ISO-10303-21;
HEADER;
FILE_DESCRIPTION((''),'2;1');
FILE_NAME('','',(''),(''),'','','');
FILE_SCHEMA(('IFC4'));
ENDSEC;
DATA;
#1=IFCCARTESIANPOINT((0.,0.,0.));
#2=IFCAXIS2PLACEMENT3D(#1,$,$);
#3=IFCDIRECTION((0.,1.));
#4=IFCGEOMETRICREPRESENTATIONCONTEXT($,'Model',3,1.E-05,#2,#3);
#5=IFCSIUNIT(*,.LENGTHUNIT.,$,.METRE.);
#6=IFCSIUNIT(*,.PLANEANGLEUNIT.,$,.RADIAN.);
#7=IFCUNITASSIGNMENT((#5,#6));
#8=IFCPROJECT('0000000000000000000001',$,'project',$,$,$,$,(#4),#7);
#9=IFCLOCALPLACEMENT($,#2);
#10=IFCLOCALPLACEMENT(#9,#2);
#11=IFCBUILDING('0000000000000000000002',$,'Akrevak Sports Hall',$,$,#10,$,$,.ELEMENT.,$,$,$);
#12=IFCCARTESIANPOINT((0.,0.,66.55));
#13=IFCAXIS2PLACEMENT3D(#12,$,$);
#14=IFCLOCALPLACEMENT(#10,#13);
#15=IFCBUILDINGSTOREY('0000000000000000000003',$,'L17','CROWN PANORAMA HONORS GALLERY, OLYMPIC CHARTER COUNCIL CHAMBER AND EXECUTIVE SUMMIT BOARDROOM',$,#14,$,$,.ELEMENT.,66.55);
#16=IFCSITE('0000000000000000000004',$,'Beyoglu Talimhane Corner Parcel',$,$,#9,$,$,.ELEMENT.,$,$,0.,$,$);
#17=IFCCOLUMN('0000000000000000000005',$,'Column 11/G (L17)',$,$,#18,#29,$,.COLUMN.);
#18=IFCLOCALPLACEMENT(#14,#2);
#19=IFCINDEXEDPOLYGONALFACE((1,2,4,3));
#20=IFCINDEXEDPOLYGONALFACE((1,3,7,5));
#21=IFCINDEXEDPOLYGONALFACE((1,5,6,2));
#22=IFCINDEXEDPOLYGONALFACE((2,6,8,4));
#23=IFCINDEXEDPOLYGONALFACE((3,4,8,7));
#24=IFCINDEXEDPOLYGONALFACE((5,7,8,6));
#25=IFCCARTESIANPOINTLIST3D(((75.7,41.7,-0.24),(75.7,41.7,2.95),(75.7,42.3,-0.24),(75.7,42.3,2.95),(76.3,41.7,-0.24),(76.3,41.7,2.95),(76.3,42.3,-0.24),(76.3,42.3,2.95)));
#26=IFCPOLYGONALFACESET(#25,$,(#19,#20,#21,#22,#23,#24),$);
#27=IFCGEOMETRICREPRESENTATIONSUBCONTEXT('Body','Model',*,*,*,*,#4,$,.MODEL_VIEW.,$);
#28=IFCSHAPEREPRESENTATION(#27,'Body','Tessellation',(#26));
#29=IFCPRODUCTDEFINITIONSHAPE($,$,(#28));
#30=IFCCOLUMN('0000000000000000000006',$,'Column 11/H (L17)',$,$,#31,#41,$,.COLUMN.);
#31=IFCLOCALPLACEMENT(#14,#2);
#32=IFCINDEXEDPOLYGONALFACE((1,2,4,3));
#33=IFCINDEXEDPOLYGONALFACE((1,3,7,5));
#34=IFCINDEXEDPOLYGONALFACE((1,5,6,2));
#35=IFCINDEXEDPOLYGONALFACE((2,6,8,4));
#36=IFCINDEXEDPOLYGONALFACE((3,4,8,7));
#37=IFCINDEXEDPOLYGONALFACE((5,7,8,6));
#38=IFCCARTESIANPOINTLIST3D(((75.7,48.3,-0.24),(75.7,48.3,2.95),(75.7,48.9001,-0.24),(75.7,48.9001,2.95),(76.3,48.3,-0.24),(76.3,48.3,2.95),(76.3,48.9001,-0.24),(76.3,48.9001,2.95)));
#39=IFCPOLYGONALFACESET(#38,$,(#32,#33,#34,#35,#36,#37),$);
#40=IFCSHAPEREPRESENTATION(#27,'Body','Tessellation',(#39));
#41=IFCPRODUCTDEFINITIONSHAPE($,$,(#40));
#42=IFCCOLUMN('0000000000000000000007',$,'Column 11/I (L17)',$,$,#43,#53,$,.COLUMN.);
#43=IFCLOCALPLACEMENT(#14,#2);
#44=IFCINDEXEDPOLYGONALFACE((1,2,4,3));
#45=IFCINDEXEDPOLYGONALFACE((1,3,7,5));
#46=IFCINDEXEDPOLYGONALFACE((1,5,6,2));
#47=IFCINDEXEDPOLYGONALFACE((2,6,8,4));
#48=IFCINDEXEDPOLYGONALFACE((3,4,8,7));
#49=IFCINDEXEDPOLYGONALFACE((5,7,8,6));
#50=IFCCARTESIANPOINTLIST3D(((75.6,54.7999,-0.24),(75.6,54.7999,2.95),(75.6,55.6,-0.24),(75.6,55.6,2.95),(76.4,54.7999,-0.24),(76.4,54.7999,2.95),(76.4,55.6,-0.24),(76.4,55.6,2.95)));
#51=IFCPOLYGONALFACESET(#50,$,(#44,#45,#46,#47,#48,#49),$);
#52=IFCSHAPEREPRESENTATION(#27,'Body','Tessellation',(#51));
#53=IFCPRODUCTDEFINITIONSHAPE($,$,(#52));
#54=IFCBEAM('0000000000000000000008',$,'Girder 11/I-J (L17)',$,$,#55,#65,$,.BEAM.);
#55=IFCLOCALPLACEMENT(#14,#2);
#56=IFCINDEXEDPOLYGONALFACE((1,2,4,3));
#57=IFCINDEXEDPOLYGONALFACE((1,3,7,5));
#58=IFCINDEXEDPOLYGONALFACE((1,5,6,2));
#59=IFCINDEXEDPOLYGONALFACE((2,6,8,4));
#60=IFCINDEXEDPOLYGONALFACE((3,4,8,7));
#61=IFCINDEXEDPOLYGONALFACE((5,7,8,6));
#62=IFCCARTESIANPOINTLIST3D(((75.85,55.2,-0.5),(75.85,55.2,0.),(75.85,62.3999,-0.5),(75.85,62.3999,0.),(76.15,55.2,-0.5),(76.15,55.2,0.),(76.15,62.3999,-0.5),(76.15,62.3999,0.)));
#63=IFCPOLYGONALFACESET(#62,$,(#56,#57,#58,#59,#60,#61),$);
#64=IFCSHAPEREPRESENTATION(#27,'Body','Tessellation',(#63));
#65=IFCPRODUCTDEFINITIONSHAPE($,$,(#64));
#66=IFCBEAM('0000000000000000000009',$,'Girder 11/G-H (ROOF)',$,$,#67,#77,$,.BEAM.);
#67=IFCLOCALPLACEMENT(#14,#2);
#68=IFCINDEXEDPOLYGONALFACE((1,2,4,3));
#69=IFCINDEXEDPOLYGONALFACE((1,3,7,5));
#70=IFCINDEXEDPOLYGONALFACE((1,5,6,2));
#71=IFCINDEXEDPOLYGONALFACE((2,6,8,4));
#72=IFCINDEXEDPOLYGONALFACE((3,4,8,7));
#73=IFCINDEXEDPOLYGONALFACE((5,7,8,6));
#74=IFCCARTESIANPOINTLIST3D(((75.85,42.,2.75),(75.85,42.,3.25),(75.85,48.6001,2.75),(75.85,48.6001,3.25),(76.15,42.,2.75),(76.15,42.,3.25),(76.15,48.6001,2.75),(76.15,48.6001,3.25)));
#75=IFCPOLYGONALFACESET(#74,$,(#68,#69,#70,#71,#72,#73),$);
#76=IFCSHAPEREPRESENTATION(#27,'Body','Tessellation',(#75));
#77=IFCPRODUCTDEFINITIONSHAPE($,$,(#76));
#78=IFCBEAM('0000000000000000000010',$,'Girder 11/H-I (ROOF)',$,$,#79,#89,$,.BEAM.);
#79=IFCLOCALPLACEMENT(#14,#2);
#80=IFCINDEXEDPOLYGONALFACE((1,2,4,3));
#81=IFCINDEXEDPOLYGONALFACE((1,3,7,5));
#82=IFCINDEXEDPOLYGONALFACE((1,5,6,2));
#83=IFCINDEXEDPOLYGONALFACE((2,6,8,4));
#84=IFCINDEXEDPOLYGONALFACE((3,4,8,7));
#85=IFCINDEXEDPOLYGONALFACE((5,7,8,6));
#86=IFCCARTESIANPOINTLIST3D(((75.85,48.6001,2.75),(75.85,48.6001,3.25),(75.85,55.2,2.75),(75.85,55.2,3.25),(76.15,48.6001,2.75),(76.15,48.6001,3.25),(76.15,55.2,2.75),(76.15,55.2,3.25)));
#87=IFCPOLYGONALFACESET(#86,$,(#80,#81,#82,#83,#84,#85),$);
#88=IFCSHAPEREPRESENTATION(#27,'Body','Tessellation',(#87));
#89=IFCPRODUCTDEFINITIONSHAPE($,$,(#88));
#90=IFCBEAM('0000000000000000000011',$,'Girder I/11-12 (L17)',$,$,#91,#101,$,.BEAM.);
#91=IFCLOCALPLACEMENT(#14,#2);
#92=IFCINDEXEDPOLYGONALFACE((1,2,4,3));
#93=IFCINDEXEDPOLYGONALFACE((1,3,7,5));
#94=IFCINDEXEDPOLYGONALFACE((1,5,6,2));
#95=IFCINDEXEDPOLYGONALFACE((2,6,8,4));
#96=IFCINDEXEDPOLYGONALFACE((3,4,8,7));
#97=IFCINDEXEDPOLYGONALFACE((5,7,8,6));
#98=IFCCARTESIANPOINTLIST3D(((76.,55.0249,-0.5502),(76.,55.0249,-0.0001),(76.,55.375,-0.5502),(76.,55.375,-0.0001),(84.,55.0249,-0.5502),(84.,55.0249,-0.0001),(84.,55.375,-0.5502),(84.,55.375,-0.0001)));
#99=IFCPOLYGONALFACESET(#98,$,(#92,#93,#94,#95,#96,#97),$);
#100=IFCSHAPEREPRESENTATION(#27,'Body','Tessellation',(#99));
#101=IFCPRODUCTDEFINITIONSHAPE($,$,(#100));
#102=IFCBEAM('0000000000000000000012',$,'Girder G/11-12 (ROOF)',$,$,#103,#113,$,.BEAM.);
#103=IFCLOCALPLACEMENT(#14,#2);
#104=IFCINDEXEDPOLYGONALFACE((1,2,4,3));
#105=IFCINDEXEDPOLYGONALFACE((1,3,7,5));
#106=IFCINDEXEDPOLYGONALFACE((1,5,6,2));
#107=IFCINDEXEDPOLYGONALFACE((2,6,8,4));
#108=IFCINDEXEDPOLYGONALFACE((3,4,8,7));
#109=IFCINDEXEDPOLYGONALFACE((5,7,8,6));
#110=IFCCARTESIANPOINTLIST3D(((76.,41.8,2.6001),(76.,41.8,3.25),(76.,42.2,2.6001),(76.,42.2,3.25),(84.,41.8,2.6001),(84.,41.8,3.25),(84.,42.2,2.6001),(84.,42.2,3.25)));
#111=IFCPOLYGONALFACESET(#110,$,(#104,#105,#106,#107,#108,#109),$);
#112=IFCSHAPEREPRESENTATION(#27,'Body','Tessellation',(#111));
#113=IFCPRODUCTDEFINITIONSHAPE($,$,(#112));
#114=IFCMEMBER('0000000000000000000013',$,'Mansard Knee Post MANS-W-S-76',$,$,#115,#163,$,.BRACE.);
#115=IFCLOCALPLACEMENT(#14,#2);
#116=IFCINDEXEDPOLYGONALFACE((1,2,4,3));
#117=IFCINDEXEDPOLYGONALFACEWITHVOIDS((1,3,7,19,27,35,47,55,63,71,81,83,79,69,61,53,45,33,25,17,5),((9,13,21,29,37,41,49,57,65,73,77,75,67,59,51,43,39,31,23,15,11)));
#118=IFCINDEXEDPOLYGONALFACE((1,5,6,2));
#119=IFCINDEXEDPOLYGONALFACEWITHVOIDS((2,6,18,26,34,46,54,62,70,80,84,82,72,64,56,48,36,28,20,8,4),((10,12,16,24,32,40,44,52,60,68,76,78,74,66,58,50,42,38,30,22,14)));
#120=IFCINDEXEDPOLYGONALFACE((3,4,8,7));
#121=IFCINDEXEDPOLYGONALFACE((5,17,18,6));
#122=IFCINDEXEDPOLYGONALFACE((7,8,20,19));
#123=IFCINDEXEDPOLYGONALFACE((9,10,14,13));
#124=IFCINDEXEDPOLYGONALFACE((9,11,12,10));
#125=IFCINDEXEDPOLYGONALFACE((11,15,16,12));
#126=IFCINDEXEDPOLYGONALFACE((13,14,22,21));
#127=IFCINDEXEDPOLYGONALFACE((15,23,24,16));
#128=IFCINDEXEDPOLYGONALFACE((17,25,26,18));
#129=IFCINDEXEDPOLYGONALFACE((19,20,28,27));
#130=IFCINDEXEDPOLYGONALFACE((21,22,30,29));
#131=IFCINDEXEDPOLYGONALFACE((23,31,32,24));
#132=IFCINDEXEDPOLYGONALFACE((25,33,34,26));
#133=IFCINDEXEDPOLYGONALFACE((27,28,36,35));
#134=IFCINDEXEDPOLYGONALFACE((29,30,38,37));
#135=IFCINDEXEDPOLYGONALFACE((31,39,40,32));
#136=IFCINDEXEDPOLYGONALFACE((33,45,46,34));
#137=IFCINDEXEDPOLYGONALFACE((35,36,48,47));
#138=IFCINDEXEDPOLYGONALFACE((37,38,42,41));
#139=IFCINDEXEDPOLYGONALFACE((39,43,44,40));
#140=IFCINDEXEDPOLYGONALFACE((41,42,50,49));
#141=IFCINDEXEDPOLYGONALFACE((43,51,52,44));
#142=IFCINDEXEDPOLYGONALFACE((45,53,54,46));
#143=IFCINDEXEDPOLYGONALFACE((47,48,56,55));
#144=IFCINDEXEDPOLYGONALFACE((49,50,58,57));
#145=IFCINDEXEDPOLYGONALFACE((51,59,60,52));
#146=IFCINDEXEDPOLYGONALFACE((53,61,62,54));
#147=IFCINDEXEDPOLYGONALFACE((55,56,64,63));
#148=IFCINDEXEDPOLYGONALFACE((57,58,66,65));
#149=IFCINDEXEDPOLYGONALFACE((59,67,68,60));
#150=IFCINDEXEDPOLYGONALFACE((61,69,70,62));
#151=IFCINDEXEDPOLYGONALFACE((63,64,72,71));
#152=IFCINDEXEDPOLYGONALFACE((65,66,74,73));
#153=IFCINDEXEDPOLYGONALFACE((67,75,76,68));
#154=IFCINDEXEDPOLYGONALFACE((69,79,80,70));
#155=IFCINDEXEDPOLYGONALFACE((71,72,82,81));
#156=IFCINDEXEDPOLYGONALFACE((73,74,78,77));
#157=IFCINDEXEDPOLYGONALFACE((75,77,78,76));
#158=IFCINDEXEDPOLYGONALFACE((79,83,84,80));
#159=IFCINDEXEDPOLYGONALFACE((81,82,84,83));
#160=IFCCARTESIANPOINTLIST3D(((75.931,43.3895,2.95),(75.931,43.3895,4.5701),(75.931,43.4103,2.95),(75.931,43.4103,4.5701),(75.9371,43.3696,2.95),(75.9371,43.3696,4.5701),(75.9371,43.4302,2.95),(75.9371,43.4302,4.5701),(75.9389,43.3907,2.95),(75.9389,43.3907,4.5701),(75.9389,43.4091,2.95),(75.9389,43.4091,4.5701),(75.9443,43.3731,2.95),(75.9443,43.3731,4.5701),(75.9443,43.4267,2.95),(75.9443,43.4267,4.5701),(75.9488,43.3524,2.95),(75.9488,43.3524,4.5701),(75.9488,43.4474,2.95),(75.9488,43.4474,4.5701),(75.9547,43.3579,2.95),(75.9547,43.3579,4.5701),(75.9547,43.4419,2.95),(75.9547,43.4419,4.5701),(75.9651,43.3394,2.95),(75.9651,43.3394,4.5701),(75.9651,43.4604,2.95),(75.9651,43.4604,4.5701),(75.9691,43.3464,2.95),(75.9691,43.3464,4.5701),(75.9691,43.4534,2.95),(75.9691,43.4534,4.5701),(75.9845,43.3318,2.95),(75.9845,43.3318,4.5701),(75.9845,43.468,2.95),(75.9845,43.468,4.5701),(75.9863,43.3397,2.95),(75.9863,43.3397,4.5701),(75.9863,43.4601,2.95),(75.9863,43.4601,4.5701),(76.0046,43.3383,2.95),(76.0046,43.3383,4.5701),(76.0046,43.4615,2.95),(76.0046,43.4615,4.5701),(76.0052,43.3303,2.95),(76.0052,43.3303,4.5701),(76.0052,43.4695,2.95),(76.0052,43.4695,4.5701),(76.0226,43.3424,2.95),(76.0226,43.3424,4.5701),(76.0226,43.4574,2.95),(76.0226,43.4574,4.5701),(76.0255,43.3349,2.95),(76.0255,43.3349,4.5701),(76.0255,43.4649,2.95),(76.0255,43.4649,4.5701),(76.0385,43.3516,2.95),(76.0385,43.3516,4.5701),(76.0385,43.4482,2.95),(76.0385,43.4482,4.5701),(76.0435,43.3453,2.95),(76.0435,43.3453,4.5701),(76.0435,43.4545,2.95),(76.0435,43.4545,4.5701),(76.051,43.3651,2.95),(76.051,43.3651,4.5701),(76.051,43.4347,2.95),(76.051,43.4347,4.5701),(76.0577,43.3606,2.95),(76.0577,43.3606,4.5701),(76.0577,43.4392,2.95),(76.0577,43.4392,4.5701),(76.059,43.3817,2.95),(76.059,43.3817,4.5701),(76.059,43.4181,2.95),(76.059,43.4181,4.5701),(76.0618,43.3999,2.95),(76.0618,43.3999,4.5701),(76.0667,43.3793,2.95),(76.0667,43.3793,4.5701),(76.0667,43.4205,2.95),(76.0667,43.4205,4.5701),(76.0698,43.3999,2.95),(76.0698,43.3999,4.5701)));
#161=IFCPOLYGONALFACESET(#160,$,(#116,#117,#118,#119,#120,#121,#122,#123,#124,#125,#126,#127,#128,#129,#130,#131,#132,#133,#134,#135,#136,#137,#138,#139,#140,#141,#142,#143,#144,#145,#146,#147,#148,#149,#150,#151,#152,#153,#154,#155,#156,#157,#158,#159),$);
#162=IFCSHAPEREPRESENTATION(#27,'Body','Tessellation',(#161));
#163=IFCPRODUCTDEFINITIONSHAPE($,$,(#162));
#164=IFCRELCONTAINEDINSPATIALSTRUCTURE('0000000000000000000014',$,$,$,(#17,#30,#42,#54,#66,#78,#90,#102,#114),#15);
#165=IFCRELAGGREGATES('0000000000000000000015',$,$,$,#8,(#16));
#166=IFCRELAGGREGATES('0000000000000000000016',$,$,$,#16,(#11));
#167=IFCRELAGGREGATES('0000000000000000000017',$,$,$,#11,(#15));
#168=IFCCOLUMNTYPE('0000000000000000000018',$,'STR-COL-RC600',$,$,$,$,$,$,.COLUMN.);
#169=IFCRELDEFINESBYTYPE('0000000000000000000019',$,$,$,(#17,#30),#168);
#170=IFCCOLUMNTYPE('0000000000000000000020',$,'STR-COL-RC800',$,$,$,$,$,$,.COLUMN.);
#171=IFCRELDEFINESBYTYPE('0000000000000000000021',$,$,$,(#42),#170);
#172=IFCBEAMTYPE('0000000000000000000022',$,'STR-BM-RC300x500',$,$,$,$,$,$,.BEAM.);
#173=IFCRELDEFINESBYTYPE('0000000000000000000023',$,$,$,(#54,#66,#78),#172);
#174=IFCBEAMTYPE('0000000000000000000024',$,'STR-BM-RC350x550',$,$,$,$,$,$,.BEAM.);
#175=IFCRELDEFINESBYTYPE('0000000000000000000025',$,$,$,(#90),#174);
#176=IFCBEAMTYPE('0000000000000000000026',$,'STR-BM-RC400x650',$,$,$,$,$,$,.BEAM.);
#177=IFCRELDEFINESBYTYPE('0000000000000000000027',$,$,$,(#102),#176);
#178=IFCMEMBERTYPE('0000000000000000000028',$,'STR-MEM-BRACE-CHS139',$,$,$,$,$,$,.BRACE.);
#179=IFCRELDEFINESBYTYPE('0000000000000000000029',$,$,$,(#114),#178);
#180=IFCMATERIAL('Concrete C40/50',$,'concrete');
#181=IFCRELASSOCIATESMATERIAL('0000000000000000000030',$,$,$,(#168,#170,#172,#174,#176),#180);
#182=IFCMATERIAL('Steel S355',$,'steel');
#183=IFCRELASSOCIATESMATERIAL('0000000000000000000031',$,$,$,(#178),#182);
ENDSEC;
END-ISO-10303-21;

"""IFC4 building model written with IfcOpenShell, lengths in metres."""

from ifc_helpers import new_model, si_unit, direction, frame, origin, origin_2d, place, context, subcontext, project, spatial, rectangle, hollow_circle, extrude, material, material_profile, profile_set, type_object, element, save


model = new_model("IFC4")

# Units and contexts
model_context = context("Model", 3, precision=1e-05, world=origin(), true_north=direction((0.0, 1.0)))
body_context = subcontext(model_context, "Body", "Model", "MODEL_VIEW")
ifc_project = project(units=[si_unit("LENGTHUNIT", "METRE"), si_unit("PLANEANGLEUNIT", "RADIAN")], contexts=[model_context])

# Site, building, storey
site_placement = place(None, origin())
site = spatial("IfcSite", under=ifc_project, at=site_placement, Name="Beyoglu Talimhane Corner Parcel", CompositionType="ELEMENT", RefElevation=0.0)
building_placement = place(site_placement, origin())
building = spatial("IfcBuilding", under=site, at=building_placement, Name="Akrevak Sports Hall", CompositionType="ELEMENT")
storey_placement = place(building_placement, frame((0.0, 0.0, 66.55)))
storey = spatial("IfcBuildingStorey", under=building, at=storey_placement, Name="L17", Description="CROWN PANORAMA HONORS GALLERY, OLYMPIC CHARTER COUNCIL CHAMBER AND EXECUTIVE SUMMIT BOARDROOM", CompositionType="ELEMENT", Elevation=66.55)

# Columns
ifc_material_1 = material(Name="Concrete C40/50", Category="concrete")
ifc_material_profile_1 = material_profile(ifc_material_1, rectangle(XDim=0.6001, YDim=0.6001, at=origin_2d()), Name="RC 600x600", Category="concrete")
ifc_profile_set_1 = profile_set([ifc_material_profile_1], Name="Concrete C40/50")
column_type_1 = type_object("IfcColumnType", Name="STR-COL-RC600", PredefinedType="COLUMN", material=ifc_profile_set_1)
for number, where, z_axis, x_axis, name in (
    (1, (76.0, 42.0, -0.24), (0.0, 0.0, 1.0), (1.0, 0.0, 0.0), "Column 11/G (L17)"),
    (2, (76.0, 48.6001, -0.24), (0.0, 0.0, 1.0), (1.0, 0.0, 0.0), "Column 11/H (L17)"),
):
    element("IfcColumn", number, at=place(storey_placement, frame(where, z_axis=z_axis, x_axis=x_axis)), inside=storey, type_object=column_type_1, Name=name, PredefinedType="COLUMN", context=body_context, shape_type="SweptSolid", body=[
        extrude(rectangle(XDim=0.6001, YDim=0.6001, at=origin_2d()), origin(), (0.0, 0.0, 1.0), 3.1899),
    ])
ifc_material_profile_2 = material_profile(ifc_material_1, rectangle(XDim=0.8, YDim=0.8, at=origin_2d()), Name="RC 800x800", Category="concrete")
ifc_profile_set_2 = profile_set([ifc_material_profile_2], Name="Concrete C40/50")
column_type_2 = type_object("IfcColumnType", Name="STR-COL-RC800", PredefinedType="COLUMN", material=ifc_profile_set_2)
column_placement = place(storey_placement, frame((76.0, 55.2, -0.24), z_axis=(0.0, 0.0, 1.0), x_axis=(1.0, 0.0, 0.0)))
element("IfcColumn", 3, at=column_placement, inside=storey, type_object=column_type_2, Name="Column 11/I (L17)", PredefinedType="COLUMN", context=body_context, shape_type="SweptSolid", body=[
    extrude(rectangle(XDim=0.8, YDim=0.8, at=origin_2d()), origin(), (0.0, 0.0, 1.0), 3.1899),
])

# Beams
ifc_material_profile_3 = material_profile(ifc_material_1, rectangle(XDim=0.3, YDim=0.5, at=origin_2d()), Name="BM 300x500", Category="concrete")
ifc_profile_set_3 = profile_set([ifc_material_profile_3], Name="Concrete C40/50")
beam_type_1 = type_object("IfcBeamType", Name="STR-BM-RC300x500", PredefinedType="BEAM", material=ifc_profile_set_3)
beam_1_placement = place(storey_placement, frame((76.0, 55.2, -0.25), z_axis=(0.0, 1.0, 0.0), x_axis=(-1.0, 0.0, 0.0)))
element("IfcBeam", 4, at=beam_1_placement, inside=storey, type_object=beam_type_1, Name="Girder 11/I-J (L17)", PredefinedType="BEAM", context=body_context, shape_type="SweptSolid", body=[
    extrude(rectangle(XDim=0.3, YDim=0.5, at=origin_2d()), origin(), (0.0, 0.0, 1.0), 7.2),
])
beam_2_placement = place(storey_placement, frame((76.0, 42.0, 3.0), z_axis=(0.0, 1.0, 0.0), x_axis=(-1.0, 0.0, 0.0)))
element("IfcBeam", 5, at=beam_2_placement, inside=storey, type_object=beam_type_1, Name="Girder 11/G-H (ROOF)", PredefinedType="BEAM", context=body_context, shape_type="SweptSolid", body=[
    extrude(rectangle(XDim=0.3, YDim=0.5, at=origin_2d()), origin(), (0.0, 0.0, 1.0), 6.6001),
])
beam_3_placement = place(storey_placement, frame((76.0, 48.6001, 3.0), z_axis=(0.0, 1.0, 0.0), x_axis=(-1.0, 0.0, 0.0)))
element("IfcBeam", 6, at=beam_3_placement, inside=storey, type_object=beam_type_1, Name="Girder 11/H-I (ROOF)", PredefinedType="BEAM", context=body_context, shape_type="SweptSolid", body=[
    extrude(rectangle(XDim=0.3, YDim=0.5, at=origin_2d()), origin(), (0.0, 0.0, 1.0), 6.5999),
])
ifc_material_profile_4 = material_profile(ifc_material_1, rectangle(XDim=0.3501, YDim=0.55, at=origin_2d()), Name="BM 350x550", Category="concrete")
ifc_profile_set_4 = profile_set([ifc_material_profile_4], Name="Concrete C40/50")
beam_type_2 = type_object("IfcBeamType", Name="STR-BM-RC350x550", PredefinedType="BEAM", material=ifc_profile_set_4)
beam_4_placement = place(storey_placement, frame((76.0, 55.2, -0.2751), z_axis=(1.0, 0.0, 0.0), x_axis=(0.0, 1.0, 0.0)))
element("IfcBeam", 7, at=beam_4_placement, inside=storey, type_object=beam_type_2, Name="Girder I/11-12 (L17)", PredefinedType="BEAM", context=body_context, shape_type="SweptSolid", body=[
    extrude(rectangle(XDim=0.3501, YDim=0.55, at=origin_2d()), origin(), (0.0, 0.0, 1.0), 8.0),
])
ifc_material_profile_5 = material_profile(ifc_material_1, rectangle(XDim=0.3999, YDim=0.6499, at=origin_2d()), Name="BM 400x650", Category="concrete")
ifc_profile_set_5 = profile_set([ifc_material_profile_5], Name="Concrete C40/50")
beam_type_3 = type_object("IfcBeamType", Name="STR-BM-RC400x650", PredefinedType="BEAM", material=ifc_profile_set_5)
beam_5_placement = place(storey_placement, frame((76.0, 42.0, 2.925), z_axis=(1.0, 0.0, 0.0), x_axis=(0.0, 1.0, 0.0)))
element("IfcBeam", 8, at=beam_5_placement, inside=storey, type_object=beam_type_3, Name="Girder G/11-12 (ROOF)", PredefinedType="BEAM", context=body_context, shape_type="SweptSolid", body=[
    extrude(rectangle(XDim=0.3999, YDim=0.6499, at=origin_2d()), origin(), (0.0, 0.0, 1.0), 8.0),
])

# Member
ifc_material_2 = material(Name="Steel S355", Category="steel")
ifc_material_profile_6 = material_profile(ifc_material_2, hollow_circle(Radius=0.0698, WallThickness=0.0081, at=origin_2d()), Name="CHS 139.7x8", Category="steel")
ifc_profile_set_6 = profile_set([ifc_material_profile_6], Name="Steel S355")
member_type_1 = type_object("IfcMemberType", Name="STR-MEM-BRACE-CHS139", PredefinedType="BRACE", material=ifc_profile_set_6)
member_1_placement = place(storey_placement, frame((76.0, 43.3999, 2.95), z_axis=(0.0, 0.0, 1.0), x_axis=(1.0, 0.0, 0.0)))
element("IfcMember", 9, at=member_1_placement, inside=storey, type_object=member_type_1, Name="Mansard Knee Post MANS-W-S-76", PredefinedType="BRACE", context=body_context, shape_type="SweptSolid", body=[
    extrude(hollow_circle(Radius=0.0698, WallThickness=0.0081, at=origin_2d()), origin(), (0.0, 0.0, 1.0), 1.6201),
])

save(model, "model.ifc")
